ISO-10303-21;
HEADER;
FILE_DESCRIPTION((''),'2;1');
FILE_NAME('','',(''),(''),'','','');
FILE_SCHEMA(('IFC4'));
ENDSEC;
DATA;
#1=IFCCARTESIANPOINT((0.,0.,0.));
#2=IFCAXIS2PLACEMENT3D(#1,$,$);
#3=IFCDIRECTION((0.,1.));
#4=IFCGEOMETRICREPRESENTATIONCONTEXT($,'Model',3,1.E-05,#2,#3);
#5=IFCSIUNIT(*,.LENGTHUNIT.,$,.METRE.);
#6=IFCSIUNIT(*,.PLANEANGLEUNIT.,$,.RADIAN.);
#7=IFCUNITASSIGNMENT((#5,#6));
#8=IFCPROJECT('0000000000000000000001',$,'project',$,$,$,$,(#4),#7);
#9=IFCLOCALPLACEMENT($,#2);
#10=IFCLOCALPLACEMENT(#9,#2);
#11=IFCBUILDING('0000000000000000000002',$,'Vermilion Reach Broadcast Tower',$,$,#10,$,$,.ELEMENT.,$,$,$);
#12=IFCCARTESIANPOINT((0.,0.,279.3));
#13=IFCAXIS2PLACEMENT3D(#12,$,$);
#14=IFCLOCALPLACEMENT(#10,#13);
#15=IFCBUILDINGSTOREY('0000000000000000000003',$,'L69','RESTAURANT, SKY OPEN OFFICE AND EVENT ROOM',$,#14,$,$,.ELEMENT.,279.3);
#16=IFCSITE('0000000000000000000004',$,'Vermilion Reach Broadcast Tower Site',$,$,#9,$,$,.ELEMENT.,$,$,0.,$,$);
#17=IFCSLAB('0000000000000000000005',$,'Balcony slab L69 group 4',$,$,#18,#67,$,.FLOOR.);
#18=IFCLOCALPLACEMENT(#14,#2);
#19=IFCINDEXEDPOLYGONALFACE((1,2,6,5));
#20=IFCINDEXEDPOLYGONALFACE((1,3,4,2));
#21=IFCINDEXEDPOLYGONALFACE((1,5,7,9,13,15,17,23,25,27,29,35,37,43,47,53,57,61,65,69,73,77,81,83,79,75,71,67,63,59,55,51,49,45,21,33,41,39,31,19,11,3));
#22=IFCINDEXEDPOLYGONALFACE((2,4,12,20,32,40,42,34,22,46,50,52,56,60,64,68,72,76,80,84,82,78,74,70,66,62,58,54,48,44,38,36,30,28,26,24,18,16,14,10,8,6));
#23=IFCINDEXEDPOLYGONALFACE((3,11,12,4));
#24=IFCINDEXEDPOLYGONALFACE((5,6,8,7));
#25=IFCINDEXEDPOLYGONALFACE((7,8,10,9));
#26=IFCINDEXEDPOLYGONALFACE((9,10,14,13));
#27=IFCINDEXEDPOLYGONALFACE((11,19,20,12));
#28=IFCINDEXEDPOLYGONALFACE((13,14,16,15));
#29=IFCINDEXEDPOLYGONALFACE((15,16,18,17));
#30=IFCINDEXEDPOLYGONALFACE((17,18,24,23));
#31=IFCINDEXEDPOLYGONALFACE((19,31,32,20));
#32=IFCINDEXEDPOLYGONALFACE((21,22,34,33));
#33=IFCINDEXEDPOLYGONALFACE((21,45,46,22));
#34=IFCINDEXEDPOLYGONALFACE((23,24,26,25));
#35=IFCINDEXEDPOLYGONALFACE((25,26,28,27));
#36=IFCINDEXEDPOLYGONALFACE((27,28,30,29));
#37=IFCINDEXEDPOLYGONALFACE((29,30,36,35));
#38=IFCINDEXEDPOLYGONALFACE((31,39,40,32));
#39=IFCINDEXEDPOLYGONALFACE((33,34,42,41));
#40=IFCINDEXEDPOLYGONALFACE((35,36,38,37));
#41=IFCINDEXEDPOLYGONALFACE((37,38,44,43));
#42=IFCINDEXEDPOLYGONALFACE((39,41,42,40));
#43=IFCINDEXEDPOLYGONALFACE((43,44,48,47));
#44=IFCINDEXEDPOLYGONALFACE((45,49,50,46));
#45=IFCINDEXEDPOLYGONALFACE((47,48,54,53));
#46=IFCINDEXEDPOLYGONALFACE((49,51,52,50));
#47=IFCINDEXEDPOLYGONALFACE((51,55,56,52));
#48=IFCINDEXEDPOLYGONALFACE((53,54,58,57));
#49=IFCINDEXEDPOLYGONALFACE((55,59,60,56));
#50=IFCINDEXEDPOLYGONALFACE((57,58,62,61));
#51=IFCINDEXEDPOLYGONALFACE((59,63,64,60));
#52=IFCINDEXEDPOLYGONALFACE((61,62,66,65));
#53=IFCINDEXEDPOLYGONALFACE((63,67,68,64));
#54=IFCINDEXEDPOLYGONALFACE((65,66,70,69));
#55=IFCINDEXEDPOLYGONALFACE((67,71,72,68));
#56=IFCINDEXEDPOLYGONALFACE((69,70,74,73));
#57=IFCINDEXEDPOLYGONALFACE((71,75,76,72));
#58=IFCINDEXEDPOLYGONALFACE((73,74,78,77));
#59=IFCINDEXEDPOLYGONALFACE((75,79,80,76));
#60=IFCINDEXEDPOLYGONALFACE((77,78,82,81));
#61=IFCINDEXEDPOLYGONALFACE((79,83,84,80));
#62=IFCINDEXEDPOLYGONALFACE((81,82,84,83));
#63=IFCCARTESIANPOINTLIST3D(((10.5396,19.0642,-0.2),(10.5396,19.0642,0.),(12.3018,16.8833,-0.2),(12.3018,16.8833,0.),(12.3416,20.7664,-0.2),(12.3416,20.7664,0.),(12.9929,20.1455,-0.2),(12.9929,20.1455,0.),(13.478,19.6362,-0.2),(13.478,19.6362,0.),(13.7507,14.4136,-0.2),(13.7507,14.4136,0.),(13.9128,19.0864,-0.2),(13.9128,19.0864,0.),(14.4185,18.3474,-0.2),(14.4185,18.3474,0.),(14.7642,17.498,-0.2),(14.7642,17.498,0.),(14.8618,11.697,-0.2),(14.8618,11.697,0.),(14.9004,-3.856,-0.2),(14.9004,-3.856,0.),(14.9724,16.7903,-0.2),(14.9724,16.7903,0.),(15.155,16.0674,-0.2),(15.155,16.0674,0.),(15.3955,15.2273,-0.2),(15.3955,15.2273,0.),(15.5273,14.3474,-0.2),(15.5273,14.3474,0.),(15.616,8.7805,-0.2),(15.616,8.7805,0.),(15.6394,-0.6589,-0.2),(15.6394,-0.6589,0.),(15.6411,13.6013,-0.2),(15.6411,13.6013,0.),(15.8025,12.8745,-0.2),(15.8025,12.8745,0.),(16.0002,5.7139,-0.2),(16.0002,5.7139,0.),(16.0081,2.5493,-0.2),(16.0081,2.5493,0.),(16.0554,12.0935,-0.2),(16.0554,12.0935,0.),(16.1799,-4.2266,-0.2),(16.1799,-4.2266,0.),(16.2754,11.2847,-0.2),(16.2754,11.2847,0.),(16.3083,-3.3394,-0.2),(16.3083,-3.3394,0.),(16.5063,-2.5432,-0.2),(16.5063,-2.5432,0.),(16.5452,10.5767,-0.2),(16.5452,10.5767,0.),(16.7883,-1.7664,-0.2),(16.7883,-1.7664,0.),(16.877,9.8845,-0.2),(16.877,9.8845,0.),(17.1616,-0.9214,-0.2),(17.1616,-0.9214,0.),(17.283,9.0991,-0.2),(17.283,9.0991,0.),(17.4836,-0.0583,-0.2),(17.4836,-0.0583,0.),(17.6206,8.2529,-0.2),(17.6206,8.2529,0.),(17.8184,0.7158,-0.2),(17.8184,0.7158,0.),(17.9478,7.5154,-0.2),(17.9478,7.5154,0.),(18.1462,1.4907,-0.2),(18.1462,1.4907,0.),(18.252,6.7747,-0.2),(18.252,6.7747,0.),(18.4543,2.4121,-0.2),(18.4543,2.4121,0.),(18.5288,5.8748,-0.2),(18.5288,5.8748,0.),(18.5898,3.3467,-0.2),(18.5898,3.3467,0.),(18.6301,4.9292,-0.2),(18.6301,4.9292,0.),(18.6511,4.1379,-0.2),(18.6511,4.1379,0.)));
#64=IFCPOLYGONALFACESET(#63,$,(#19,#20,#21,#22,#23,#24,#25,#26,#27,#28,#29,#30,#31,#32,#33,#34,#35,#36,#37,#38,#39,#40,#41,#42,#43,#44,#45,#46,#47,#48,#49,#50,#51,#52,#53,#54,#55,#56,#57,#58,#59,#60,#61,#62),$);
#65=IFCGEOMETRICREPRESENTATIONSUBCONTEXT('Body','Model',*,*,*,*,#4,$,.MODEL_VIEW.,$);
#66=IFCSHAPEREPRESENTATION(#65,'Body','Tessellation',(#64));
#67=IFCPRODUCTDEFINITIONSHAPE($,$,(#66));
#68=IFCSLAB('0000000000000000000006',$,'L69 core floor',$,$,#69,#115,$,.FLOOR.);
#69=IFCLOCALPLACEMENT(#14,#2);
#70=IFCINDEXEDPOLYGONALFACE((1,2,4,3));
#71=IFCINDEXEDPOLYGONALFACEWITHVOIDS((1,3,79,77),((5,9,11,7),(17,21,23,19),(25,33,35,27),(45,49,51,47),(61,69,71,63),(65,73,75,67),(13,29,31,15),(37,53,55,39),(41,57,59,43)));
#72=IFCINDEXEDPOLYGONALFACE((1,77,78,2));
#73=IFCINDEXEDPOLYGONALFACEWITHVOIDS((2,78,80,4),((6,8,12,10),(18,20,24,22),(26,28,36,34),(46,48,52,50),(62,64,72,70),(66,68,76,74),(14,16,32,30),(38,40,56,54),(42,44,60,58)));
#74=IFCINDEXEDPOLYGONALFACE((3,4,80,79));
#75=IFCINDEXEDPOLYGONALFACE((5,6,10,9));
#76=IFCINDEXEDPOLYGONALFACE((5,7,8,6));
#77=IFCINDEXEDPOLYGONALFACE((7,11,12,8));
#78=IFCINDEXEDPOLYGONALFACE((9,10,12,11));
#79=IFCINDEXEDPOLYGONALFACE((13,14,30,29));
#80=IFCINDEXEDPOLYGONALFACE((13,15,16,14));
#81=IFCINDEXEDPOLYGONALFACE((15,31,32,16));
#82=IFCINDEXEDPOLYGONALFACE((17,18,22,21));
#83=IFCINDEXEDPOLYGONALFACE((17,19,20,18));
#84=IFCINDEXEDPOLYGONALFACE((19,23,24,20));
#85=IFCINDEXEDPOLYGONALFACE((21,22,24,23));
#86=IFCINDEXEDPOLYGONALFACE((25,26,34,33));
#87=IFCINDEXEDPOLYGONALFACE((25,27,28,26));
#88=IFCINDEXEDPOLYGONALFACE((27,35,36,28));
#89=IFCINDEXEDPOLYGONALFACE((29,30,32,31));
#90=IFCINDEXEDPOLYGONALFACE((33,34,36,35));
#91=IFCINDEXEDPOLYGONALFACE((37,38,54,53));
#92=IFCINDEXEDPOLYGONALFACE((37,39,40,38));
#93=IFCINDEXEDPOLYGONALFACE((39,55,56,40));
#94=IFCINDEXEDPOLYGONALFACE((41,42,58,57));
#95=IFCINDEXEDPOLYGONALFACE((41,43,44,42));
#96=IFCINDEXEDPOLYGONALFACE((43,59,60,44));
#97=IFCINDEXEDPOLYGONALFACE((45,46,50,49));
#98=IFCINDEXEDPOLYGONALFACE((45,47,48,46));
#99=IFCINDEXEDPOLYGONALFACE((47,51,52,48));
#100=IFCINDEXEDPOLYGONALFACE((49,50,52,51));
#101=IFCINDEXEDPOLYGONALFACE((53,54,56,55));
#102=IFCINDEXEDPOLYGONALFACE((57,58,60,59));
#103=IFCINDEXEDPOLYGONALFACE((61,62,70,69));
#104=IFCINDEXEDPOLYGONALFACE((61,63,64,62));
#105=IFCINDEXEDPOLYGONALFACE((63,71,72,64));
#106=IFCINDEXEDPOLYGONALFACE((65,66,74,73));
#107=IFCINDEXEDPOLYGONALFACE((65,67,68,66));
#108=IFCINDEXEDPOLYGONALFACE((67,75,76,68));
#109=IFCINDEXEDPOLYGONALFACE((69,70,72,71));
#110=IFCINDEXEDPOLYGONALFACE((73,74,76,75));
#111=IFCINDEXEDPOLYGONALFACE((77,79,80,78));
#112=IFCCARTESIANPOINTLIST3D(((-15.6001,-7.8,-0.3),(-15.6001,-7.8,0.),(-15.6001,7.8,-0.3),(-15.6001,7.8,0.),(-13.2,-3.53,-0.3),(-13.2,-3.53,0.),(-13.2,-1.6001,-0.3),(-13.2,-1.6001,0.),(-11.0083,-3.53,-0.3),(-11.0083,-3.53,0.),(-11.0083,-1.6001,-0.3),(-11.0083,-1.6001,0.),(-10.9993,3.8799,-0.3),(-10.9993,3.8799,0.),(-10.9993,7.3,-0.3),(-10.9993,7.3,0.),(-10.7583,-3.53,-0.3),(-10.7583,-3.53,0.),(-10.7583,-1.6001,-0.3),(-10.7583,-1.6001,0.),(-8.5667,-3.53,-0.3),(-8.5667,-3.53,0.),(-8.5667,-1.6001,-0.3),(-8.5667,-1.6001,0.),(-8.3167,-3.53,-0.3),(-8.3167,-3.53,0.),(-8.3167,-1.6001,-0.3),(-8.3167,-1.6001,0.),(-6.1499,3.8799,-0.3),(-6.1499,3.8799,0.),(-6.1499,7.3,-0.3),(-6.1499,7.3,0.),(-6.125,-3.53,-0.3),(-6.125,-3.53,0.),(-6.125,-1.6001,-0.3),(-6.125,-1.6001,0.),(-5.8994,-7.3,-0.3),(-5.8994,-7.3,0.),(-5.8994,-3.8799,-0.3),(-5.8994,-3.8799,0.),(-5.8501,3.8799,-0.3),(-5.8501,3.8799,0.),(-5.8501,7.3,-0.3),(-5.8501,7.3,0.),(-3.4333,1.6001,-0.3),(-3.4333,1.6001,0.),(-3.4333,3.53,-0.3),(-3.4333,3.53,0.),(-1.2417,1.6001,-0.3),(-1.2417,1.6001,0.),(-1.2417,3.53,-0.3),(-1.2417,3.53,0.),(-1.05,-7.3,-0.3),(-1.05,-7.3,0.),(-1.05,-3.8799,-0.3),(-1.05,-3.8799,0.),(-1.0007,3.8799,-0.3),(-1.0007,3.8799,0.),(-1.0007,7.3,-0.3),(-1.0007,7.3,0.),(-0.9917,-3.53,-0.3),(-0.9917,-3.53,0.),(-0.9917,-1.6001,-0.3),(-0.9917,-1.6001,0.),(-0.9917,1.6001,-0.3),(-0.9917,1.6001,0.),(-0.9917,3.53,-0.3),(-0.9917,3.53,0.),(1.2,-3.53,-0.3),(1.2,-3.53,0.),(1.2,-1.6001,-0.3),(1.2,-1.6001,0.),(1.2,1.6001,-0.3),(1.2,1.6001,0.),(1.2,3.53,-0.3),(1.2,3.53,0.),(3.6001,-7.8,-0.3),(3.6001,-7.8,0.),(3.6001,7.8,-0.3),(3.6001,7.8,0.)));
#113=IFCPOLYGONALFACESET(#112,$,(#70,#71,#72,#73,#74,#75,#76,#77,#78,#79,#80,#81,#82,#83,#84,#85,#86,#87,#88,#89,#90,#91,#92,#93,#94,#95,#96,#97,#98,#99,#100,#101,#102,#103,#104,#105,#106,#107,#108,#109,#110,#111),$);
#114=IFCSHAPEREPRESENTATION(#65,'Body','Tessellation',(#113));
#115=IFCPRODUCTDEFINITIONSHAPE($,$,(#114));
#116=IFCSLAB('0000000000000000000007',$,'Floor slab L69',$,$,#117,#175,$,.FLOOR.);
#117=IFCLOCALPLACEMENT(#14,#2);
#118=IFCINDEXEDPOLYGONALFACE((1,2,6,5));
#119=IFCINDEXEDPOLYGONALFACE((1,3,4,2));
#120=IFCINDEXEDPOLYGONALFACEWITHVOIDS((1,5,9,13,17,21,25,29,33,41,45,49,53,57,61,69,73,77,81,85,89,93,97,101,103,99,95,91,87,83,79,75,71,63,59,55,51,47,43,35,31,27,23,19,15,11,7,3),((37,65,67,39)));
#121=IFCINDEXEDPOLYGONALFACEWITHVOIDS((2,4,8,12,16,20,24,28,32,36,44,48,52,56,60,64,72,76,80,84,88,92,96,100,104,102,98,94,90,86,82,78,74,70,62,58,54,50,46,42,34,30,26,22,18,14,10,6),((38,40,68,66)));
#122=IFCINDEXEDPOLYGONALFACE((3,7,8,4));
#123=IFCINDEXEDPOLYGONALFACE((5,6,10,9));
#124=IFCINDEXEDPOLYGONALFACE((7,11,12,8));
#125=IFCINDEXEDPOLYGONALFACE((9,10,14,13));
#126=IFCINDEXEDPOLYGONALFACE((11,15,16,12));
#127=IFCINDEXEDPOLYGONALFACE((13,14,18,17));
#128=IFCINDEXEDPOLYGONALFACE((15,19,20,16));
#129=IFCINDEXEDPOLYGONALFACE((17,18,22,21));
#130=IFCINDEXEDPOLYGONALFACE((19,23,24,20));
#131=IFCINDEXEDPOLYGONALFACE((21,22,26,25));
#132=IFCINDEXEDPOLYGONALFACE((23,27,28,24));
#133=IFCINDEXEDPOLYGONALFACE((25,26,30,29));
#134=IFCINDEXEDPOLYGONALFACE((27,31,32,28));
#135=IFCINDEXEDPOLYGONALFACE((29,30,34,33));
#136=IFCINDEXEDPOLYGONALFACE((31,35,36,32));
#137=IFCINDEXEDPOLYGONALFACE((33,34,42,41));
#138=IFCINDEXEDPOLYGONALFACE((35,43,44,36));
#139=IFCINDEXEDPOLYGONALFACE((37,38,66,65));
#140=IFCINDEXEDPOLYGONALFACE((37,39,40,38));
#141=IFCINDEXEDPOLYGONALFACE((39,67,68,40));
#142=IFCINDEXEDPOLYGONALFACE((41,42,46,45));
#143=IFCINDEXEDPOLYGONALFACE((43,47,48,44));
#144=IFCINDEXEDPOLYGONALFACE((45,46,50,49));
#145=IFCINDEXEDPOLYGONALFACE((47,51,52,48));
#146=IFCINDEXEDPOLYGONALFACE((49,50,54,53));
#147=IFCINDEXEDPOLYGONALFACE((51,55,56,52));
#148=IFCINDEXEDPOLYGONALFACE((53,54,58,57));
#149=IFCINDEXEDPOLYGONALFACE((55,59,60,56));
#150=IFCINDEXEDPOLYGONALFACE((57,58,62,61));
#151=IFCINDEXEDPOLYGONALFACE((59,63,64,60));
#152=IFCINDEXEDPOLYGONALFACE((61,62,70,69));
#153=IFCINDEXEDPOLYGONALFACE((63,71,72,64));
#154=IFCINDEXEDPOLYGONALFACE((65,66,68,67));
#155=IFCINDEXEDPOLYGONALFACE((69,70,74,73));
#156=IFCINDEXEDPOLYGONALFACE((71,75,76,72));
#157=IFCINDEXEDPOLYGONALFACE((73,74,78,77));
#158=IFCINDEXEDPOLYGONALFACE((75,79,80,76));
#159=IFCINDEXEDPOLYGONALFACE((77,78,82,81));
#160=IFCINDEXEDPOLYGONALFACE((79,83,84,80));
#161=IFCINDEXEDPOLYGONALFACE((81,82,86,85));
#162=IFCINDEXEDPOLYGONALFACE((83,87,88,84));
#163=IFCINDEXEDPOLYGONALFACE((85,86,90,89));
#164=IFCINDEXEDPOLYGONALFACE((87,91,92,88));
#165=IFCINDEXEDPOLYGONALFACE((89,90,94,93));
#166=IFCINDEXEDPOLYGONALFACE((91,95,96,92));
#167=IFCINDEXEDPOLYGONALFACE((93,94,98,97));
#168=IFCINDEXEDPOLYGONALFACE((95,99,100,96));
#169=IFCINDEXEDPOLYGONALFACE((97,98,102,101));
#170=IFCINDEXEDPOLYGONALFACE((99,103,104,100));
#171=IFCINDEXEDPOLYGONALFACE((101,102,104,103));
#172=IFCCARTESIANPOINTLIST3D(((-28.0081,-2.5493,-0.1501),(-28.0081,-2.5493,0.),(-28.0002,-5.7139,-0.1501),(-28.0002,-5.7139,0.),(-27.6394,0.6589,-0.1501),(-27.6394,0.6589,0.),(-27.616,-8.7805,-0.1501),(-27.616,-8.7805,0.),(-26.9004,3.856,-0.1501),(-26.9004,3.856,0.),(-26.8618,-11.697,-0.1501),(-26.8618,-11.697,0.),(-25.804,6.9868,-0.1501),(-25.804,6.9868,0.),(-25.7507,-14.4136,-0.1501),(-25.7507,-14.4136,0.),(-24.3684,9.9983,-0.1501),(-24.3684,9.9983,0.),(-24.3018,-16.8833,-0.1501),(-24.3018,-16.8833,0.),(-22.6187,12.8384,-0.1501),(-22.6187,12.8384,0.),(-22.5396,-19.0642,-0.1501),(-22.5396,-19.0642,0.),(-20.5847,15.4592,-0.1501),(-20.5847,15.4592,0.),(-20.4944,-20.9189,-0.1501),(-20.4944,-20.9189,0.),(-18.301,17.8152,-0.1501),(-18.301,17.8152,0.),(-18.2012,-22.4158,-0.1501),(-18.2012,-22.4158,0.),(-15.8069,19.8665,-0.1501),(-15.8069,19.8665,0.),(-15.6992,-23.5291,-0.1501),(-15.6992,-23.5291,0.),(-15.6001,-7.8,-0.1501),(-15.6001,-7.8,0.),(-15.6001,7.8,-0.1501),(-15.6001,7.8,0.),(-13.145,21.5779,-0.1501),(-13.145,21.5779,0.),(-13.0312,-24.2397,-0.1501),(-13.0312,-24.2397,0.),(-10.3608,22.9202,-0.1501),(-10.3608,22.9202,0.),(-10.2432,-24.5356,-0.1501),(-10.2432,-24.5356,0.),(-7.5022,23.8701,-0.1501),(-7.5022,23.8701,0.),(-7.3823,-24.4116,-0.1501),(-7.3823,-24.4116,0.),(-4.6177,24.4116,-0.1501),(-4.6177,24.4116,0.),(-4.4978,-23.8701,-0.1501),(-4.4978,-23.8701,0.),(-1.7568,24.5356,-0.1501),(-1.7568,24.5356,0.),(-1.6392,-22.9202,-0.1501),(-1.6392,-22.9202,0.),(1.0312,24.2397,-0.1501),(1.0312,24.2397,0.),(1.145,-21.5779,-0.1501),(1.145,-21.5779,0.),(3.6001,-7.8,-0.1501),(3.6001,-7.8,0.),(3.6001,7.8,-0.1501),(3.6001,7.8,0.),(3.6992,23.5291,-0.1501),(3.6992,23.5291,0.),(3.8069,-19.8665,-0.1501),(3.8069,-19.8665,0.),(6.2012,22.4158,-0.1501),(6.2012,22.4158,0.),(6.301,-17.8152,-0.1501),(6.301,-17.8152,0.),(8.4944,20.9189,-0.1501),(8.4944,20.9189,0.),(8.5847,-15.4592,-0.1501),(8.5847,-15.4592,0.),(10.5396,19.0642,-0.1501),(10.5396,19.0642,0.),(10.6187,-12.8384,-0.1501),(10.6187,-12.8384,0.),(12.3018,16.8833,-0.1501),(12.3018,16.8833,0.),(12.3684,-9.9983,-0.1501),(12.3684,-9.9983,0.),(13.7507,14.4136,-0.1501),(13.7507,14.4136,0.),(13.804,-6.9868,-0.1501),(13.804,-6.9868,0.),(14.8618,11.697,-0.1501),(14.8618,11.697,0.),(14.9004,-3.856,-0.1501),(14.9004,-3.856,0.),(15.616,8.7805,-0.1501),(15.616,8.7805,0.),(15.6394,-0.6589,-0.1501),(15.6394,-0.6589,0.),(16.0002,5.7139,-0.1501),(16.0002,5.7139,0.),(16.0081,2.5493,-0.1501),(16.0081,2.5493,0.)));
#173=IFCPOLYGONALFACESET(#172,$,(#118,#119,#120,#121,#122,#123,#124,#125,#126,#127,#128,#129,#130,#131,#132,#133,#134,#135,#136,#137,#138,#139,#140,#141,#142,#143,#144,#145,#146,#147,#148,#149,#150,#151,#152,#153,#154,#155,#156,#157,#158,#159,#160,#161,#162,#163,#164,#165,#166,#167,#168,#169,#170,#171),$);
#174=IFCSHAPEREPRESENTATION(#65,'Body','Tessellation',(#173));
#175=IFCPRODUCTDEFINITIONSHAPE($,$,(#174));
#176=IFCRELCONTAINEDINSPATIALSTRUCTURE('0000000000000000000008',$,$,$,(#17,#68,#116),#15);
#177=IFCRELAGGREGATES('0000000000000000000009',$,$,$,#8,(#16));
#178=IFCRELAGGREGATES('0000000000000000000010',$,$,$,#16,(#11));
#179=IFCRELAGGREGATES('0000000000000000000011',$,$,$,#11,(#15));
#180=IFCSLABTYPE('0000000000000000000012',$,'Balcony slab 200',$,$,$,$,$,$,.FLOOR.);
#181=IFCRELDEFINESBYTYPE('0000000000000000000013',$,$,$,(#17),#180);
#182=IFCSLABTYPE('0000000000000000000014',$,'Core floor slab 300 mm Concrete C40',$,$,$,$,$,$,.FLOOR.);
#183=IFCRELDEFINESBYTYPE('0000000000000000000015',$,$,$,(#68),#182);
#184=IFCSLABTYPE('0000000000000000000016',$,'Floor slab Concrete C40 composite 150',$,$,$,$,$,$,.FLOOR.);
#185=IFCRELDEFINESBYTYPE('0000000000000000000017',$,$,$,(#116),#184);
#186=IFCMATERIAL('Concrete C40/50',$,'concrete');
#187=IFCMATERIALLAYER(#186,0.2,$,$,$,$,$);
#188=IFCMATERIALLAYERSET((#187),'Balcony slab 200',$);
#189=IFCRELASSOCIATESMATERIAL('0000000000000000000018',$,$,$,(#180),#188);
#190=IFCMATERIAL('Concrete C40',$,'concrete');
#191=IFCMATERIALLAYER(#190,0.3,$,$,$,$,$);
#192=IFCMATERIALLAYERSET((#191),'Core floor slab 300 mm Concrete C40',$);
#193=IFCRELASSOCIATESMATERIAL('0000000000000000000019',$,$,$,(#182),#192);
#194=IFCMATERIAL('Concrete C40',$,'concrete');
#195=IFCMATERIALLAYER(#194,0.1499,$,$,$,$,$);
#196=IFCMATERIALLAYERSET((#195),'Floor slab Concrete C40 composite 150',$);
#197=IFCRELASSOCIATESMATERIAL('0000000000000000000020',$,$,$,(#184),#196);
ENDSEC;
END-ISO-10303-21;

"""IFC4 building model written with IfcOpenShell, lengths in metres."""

from ifc_helpers import new_model, si_unit, direction, frame, origin, place, context, subcontext, project, spatial, polyline, outline, extrude, material, layer, layer_set, type_object, element, save


model = new_model("IFC4")

# Units and contexts
model_context = context("Model", 3, precision=1e-05, world=origin(), true_north=direction((0.0, 1.0)))
body_context = subcontext(model_context, "Body", "Model", "MODEL_VIEW")
ifc_project = project(units=[si_unit("LENGTHUNIT", "METRE"), si_unit("PLANEANGLEUNIT", "RADIAN")], contexts=[model_context])

# Site, building, storey
site_placement = place(None, origin())
site = spatial("IfcSite", under=ifc_project, at=site_placement, Name="Vermilion Reach Broadcast Tower Site", CompositionType="ELEMENT", RefElevation=0.0)
building_placement = place(site_placement, origin())
building = spatial("IfcBuilding", under=site, at=building_placement, Name="Vermilion Reach Broadcast Tower", CompositionType="ELEMENT")
storey_placement = place(building_placement, frame((0.0, 0.0, 279.3)))
storey = spatial("IfcBuildingStorey", under=building, at=storey_placement, Name="L69", Description="RESTAURANT, SKY OPEN OFFICE AND EVENT ROOM", CompositionType="ELEMENT", Elevation=279.3)

# Slabs
ifc_material_1 = material(Name="Concrete C40/50", Category="concrete")
ifc_layer_1 = layer(ifc_material_1, 0.2)
ifc_layer_set_1 = layer_set([ifc_layer_1], Name="Balcony slab 200")
slab_type_1 = type_object("IfcSlabType", Name="Balcony slab 200", PredefinedType="FLOOR", material=ifc_layer_set_1)
placement_1 = place(storey_placement, frame((0.0, 0.0, -0.2)))
element("IfcSlab", 1, at=placement_1, inside=storey, type_object=slab_type_1, Name="Balcony slab L69 group 4", PredefinedType="FLOOR", context=body_context, shape_type="SweptSolid", body=[
    extrude(outline(polyline([(14.9004, -3.856), (15.6394, -0.6589), (16.0081, 2.5493), (16.0002, 5.7139), (15.616, 8.7805), (14.8618, 11.697), (13.7507, 14.4136), (12.3018, 16.8833), (10.5396, 19.0642), (12.3416, 20.7664), (12.9929, 20.1455), (13.478, 19.6362), (13.9128, 19.0864), (14.4185, 18.3474), (14.7642, 17.498), (14.9724, 16.7903), (15.155, 16.0674), (15.3955, 15.2273), (15.5273, 14.3474), (15.6411, 13.6013), (15.8025, 12.8745), (16.0554, 12.0935), (16.2754, 11.2847), (16.5452, 10.5767), (16.877, 9.8845), (17.283, 9.0991), (17.6206, 8.2529), (17.9478, 7.5154), (18.252, 6.7747), (18.5288, 5.8748), (18.6301, 4.9292), (18.6511, 4.1379), (18.5898, 3.3467), (18.4543, 2.4121), (18.1462, 1.4907), (17.8184, 0.7158), (17.4836, -0.0583), (17.1616, -0.9214), (16.7883, -1.7664), (16.5063, -2.5432), (16.3083, -3.3394), (16.1799, -4.2266), (14.9004, -3.856)])), origin(), (0.0, 0.0, 1.0), 0.2),
])
ifc_material_2 = material(Name="Concrete C40", Category="concrete")
ifc_layer_2 = layer(ifc_material_2, 0.3)
ifc_layer_set_2 = layer_set([ifc_layer_2], Name="Core floor slab 300 mm Concrete C40")
slab_type_2 = type_object("IfcSlabType", Name="Core floor slab 300 mm Concrete C40", PredefinedType="FLOOR", material=ifc_layer_set_2)
slab_1_placement = place(storey_placement, frame((0.0, 0.0, -0.3)))
element("IfcSlab", 2, at=slab_1_placement, inside=storey, type_object=slab_type_2, Name="L69 core floor", PredefinedType="FLOOR", context=body_context, shape_type="SweptSolid", body=[
    extrude(outline(polyline([(-15.6001, -7.8), (3.6001, -7.8), (3.6001, 7.8), (-15.6001, 7.8), (-15.6001, -7.8)]), holes=[polyline([(-3.4333, 1.6001), (-1.2417, 1.6001), (-1.2417, 3.53), (-3.4333, 3.53), (-3.4333, 1.6001)]), polyline([(-0.9917, 1.6001), (1.2, 1.6001), (1.2, 3.53), (-0.9917, 3.53), (-0.9917, 1.6001)]), polyline([(-13.2, -3.53), (-11.0083, -3.53), (-11.0083, -1.6001), (-13.2, -1.6001), (-13.2, -3.53)]), polyline([(-10.7583, -3.53), (-8.5667, -3.53), (-8.5667, -1.6001), (-10.7583, -1.6001), (-10.7583, -3.53)]), polyline([(-8.3167, -3.53), (-6.125, -3.53), (-6.125, -1.6001), (-8.3167, -1.6001), (-8.3167, -3.53)]), polyline([(-0.9917, -3.53), (1.2, -3.53), (1.2, -1.6001), (-0.9917, -1.6001), (-0.9917, -3.53)]), polyline([(-10.9993, 3.8799), (-6.1499, 3.8799), (-6.1499, 7.3), (-10.9993, 7.3), (-10.9993, 3.8799)]), polyline([(-1.0007, 7.3), (-5.8501, 7.3), (-5.8501, 3.8799), (-1.0007, 3.8799), (-1.0007, 7.3)]), polyline([(-5.8994, -7.3), (-1.05, -7.3), (-1.05, -3.8799), (-5.8994, -3.8799), (-5.8994, -7.3)])]), origin(), (0.0, 0.0, 1.0), 0.3),
])
ifc_material_3 = material(Name="Concrete C40", Category="concrete")
ifc_layer_3 = layer(ifc_material_3, 0.1499)
ifc_layer_set_3 = layer_set([ifc_layer_3], Name="Floor slab Concrete C40 composite 150")
slab_type_3 = type_object("IfcSlabType", Name="Floor slab Concrete C40 composite 150", PredefinedType="FLOOR", material=ifc_layer_set_3)
slab_2_placement = place(storey_placement, frame((0.0, 0.0, -0.1501)))
element("IfcSlab", 3, at=slab_2_placement, inside=storey, type_object=slab_type_3, Name="Floor slab L69", PredefinedType="FLOOR", context=body_context, shape_type="SweptSolid", body=[
    extrude(outline(polyline([(6.2012, 22.4158), (3.6992, 23.5291), (1.0312, 24.2397), (-1.7568, 24.5356), (-4.6177, 24.4116), (-7.5022, 23.8701), (-10.3608, 22.9202), (-13.145, 21.5779), (-15.8069, 19.8665), (-18.301, 17.8152), (-20.5847, 15.4592), (-22.6187, 12.8384), (-24.3684, 9.9983), (-25.804, 6.9868), (-26.9004, 3.856), (-27.6394, 0.6589), (-28.0081, -2.5493), (-28.0002, -5.7139), (-27.616, -8.7805), (-26.8618, -11.697), (-25.7507, -14.4136), (-24.3018, -16.8833), (-22.5396, -19.0642), (-20.4944, -20.9189), (-18.2012, -22.4158), (-15.6992, -23.5291), (-13.0312, -24.2397), (-10.2432, -24.5356), (-7.3823, -24.4116), (-4.4978, -23.8701), (-1.6392, -22.9202), (1.145, -21.5779), (3.8069, -19.8665), (6.301, -17.8152), (8.5847, -15.4592), (10.6187, -12.8384), (12.3684, -9.9983), (13.804, -6.9868), (14.9004, -3.856), (15.6394, -0.6589), (16.0081, 2.5493), (16.0002, 5.7139), (15.616, 8.7805), (14.8618, 11.697), (13.7507, 14.4136), (12.3018, 16.8833), (10.5396, 19.0642), (8.4944, 20.9189), (6.2012, 22.4158)]), holes=[polyline([(-15.6001, -7.8), (3.6001, -7.8), (3.6001, 7.8), (-15.6001, 7.8), (-15.6001, -7.8)])]), origin(), (0.0, 0.0, 1.0), 0.1501),
])

save(model, "model.ifc")
